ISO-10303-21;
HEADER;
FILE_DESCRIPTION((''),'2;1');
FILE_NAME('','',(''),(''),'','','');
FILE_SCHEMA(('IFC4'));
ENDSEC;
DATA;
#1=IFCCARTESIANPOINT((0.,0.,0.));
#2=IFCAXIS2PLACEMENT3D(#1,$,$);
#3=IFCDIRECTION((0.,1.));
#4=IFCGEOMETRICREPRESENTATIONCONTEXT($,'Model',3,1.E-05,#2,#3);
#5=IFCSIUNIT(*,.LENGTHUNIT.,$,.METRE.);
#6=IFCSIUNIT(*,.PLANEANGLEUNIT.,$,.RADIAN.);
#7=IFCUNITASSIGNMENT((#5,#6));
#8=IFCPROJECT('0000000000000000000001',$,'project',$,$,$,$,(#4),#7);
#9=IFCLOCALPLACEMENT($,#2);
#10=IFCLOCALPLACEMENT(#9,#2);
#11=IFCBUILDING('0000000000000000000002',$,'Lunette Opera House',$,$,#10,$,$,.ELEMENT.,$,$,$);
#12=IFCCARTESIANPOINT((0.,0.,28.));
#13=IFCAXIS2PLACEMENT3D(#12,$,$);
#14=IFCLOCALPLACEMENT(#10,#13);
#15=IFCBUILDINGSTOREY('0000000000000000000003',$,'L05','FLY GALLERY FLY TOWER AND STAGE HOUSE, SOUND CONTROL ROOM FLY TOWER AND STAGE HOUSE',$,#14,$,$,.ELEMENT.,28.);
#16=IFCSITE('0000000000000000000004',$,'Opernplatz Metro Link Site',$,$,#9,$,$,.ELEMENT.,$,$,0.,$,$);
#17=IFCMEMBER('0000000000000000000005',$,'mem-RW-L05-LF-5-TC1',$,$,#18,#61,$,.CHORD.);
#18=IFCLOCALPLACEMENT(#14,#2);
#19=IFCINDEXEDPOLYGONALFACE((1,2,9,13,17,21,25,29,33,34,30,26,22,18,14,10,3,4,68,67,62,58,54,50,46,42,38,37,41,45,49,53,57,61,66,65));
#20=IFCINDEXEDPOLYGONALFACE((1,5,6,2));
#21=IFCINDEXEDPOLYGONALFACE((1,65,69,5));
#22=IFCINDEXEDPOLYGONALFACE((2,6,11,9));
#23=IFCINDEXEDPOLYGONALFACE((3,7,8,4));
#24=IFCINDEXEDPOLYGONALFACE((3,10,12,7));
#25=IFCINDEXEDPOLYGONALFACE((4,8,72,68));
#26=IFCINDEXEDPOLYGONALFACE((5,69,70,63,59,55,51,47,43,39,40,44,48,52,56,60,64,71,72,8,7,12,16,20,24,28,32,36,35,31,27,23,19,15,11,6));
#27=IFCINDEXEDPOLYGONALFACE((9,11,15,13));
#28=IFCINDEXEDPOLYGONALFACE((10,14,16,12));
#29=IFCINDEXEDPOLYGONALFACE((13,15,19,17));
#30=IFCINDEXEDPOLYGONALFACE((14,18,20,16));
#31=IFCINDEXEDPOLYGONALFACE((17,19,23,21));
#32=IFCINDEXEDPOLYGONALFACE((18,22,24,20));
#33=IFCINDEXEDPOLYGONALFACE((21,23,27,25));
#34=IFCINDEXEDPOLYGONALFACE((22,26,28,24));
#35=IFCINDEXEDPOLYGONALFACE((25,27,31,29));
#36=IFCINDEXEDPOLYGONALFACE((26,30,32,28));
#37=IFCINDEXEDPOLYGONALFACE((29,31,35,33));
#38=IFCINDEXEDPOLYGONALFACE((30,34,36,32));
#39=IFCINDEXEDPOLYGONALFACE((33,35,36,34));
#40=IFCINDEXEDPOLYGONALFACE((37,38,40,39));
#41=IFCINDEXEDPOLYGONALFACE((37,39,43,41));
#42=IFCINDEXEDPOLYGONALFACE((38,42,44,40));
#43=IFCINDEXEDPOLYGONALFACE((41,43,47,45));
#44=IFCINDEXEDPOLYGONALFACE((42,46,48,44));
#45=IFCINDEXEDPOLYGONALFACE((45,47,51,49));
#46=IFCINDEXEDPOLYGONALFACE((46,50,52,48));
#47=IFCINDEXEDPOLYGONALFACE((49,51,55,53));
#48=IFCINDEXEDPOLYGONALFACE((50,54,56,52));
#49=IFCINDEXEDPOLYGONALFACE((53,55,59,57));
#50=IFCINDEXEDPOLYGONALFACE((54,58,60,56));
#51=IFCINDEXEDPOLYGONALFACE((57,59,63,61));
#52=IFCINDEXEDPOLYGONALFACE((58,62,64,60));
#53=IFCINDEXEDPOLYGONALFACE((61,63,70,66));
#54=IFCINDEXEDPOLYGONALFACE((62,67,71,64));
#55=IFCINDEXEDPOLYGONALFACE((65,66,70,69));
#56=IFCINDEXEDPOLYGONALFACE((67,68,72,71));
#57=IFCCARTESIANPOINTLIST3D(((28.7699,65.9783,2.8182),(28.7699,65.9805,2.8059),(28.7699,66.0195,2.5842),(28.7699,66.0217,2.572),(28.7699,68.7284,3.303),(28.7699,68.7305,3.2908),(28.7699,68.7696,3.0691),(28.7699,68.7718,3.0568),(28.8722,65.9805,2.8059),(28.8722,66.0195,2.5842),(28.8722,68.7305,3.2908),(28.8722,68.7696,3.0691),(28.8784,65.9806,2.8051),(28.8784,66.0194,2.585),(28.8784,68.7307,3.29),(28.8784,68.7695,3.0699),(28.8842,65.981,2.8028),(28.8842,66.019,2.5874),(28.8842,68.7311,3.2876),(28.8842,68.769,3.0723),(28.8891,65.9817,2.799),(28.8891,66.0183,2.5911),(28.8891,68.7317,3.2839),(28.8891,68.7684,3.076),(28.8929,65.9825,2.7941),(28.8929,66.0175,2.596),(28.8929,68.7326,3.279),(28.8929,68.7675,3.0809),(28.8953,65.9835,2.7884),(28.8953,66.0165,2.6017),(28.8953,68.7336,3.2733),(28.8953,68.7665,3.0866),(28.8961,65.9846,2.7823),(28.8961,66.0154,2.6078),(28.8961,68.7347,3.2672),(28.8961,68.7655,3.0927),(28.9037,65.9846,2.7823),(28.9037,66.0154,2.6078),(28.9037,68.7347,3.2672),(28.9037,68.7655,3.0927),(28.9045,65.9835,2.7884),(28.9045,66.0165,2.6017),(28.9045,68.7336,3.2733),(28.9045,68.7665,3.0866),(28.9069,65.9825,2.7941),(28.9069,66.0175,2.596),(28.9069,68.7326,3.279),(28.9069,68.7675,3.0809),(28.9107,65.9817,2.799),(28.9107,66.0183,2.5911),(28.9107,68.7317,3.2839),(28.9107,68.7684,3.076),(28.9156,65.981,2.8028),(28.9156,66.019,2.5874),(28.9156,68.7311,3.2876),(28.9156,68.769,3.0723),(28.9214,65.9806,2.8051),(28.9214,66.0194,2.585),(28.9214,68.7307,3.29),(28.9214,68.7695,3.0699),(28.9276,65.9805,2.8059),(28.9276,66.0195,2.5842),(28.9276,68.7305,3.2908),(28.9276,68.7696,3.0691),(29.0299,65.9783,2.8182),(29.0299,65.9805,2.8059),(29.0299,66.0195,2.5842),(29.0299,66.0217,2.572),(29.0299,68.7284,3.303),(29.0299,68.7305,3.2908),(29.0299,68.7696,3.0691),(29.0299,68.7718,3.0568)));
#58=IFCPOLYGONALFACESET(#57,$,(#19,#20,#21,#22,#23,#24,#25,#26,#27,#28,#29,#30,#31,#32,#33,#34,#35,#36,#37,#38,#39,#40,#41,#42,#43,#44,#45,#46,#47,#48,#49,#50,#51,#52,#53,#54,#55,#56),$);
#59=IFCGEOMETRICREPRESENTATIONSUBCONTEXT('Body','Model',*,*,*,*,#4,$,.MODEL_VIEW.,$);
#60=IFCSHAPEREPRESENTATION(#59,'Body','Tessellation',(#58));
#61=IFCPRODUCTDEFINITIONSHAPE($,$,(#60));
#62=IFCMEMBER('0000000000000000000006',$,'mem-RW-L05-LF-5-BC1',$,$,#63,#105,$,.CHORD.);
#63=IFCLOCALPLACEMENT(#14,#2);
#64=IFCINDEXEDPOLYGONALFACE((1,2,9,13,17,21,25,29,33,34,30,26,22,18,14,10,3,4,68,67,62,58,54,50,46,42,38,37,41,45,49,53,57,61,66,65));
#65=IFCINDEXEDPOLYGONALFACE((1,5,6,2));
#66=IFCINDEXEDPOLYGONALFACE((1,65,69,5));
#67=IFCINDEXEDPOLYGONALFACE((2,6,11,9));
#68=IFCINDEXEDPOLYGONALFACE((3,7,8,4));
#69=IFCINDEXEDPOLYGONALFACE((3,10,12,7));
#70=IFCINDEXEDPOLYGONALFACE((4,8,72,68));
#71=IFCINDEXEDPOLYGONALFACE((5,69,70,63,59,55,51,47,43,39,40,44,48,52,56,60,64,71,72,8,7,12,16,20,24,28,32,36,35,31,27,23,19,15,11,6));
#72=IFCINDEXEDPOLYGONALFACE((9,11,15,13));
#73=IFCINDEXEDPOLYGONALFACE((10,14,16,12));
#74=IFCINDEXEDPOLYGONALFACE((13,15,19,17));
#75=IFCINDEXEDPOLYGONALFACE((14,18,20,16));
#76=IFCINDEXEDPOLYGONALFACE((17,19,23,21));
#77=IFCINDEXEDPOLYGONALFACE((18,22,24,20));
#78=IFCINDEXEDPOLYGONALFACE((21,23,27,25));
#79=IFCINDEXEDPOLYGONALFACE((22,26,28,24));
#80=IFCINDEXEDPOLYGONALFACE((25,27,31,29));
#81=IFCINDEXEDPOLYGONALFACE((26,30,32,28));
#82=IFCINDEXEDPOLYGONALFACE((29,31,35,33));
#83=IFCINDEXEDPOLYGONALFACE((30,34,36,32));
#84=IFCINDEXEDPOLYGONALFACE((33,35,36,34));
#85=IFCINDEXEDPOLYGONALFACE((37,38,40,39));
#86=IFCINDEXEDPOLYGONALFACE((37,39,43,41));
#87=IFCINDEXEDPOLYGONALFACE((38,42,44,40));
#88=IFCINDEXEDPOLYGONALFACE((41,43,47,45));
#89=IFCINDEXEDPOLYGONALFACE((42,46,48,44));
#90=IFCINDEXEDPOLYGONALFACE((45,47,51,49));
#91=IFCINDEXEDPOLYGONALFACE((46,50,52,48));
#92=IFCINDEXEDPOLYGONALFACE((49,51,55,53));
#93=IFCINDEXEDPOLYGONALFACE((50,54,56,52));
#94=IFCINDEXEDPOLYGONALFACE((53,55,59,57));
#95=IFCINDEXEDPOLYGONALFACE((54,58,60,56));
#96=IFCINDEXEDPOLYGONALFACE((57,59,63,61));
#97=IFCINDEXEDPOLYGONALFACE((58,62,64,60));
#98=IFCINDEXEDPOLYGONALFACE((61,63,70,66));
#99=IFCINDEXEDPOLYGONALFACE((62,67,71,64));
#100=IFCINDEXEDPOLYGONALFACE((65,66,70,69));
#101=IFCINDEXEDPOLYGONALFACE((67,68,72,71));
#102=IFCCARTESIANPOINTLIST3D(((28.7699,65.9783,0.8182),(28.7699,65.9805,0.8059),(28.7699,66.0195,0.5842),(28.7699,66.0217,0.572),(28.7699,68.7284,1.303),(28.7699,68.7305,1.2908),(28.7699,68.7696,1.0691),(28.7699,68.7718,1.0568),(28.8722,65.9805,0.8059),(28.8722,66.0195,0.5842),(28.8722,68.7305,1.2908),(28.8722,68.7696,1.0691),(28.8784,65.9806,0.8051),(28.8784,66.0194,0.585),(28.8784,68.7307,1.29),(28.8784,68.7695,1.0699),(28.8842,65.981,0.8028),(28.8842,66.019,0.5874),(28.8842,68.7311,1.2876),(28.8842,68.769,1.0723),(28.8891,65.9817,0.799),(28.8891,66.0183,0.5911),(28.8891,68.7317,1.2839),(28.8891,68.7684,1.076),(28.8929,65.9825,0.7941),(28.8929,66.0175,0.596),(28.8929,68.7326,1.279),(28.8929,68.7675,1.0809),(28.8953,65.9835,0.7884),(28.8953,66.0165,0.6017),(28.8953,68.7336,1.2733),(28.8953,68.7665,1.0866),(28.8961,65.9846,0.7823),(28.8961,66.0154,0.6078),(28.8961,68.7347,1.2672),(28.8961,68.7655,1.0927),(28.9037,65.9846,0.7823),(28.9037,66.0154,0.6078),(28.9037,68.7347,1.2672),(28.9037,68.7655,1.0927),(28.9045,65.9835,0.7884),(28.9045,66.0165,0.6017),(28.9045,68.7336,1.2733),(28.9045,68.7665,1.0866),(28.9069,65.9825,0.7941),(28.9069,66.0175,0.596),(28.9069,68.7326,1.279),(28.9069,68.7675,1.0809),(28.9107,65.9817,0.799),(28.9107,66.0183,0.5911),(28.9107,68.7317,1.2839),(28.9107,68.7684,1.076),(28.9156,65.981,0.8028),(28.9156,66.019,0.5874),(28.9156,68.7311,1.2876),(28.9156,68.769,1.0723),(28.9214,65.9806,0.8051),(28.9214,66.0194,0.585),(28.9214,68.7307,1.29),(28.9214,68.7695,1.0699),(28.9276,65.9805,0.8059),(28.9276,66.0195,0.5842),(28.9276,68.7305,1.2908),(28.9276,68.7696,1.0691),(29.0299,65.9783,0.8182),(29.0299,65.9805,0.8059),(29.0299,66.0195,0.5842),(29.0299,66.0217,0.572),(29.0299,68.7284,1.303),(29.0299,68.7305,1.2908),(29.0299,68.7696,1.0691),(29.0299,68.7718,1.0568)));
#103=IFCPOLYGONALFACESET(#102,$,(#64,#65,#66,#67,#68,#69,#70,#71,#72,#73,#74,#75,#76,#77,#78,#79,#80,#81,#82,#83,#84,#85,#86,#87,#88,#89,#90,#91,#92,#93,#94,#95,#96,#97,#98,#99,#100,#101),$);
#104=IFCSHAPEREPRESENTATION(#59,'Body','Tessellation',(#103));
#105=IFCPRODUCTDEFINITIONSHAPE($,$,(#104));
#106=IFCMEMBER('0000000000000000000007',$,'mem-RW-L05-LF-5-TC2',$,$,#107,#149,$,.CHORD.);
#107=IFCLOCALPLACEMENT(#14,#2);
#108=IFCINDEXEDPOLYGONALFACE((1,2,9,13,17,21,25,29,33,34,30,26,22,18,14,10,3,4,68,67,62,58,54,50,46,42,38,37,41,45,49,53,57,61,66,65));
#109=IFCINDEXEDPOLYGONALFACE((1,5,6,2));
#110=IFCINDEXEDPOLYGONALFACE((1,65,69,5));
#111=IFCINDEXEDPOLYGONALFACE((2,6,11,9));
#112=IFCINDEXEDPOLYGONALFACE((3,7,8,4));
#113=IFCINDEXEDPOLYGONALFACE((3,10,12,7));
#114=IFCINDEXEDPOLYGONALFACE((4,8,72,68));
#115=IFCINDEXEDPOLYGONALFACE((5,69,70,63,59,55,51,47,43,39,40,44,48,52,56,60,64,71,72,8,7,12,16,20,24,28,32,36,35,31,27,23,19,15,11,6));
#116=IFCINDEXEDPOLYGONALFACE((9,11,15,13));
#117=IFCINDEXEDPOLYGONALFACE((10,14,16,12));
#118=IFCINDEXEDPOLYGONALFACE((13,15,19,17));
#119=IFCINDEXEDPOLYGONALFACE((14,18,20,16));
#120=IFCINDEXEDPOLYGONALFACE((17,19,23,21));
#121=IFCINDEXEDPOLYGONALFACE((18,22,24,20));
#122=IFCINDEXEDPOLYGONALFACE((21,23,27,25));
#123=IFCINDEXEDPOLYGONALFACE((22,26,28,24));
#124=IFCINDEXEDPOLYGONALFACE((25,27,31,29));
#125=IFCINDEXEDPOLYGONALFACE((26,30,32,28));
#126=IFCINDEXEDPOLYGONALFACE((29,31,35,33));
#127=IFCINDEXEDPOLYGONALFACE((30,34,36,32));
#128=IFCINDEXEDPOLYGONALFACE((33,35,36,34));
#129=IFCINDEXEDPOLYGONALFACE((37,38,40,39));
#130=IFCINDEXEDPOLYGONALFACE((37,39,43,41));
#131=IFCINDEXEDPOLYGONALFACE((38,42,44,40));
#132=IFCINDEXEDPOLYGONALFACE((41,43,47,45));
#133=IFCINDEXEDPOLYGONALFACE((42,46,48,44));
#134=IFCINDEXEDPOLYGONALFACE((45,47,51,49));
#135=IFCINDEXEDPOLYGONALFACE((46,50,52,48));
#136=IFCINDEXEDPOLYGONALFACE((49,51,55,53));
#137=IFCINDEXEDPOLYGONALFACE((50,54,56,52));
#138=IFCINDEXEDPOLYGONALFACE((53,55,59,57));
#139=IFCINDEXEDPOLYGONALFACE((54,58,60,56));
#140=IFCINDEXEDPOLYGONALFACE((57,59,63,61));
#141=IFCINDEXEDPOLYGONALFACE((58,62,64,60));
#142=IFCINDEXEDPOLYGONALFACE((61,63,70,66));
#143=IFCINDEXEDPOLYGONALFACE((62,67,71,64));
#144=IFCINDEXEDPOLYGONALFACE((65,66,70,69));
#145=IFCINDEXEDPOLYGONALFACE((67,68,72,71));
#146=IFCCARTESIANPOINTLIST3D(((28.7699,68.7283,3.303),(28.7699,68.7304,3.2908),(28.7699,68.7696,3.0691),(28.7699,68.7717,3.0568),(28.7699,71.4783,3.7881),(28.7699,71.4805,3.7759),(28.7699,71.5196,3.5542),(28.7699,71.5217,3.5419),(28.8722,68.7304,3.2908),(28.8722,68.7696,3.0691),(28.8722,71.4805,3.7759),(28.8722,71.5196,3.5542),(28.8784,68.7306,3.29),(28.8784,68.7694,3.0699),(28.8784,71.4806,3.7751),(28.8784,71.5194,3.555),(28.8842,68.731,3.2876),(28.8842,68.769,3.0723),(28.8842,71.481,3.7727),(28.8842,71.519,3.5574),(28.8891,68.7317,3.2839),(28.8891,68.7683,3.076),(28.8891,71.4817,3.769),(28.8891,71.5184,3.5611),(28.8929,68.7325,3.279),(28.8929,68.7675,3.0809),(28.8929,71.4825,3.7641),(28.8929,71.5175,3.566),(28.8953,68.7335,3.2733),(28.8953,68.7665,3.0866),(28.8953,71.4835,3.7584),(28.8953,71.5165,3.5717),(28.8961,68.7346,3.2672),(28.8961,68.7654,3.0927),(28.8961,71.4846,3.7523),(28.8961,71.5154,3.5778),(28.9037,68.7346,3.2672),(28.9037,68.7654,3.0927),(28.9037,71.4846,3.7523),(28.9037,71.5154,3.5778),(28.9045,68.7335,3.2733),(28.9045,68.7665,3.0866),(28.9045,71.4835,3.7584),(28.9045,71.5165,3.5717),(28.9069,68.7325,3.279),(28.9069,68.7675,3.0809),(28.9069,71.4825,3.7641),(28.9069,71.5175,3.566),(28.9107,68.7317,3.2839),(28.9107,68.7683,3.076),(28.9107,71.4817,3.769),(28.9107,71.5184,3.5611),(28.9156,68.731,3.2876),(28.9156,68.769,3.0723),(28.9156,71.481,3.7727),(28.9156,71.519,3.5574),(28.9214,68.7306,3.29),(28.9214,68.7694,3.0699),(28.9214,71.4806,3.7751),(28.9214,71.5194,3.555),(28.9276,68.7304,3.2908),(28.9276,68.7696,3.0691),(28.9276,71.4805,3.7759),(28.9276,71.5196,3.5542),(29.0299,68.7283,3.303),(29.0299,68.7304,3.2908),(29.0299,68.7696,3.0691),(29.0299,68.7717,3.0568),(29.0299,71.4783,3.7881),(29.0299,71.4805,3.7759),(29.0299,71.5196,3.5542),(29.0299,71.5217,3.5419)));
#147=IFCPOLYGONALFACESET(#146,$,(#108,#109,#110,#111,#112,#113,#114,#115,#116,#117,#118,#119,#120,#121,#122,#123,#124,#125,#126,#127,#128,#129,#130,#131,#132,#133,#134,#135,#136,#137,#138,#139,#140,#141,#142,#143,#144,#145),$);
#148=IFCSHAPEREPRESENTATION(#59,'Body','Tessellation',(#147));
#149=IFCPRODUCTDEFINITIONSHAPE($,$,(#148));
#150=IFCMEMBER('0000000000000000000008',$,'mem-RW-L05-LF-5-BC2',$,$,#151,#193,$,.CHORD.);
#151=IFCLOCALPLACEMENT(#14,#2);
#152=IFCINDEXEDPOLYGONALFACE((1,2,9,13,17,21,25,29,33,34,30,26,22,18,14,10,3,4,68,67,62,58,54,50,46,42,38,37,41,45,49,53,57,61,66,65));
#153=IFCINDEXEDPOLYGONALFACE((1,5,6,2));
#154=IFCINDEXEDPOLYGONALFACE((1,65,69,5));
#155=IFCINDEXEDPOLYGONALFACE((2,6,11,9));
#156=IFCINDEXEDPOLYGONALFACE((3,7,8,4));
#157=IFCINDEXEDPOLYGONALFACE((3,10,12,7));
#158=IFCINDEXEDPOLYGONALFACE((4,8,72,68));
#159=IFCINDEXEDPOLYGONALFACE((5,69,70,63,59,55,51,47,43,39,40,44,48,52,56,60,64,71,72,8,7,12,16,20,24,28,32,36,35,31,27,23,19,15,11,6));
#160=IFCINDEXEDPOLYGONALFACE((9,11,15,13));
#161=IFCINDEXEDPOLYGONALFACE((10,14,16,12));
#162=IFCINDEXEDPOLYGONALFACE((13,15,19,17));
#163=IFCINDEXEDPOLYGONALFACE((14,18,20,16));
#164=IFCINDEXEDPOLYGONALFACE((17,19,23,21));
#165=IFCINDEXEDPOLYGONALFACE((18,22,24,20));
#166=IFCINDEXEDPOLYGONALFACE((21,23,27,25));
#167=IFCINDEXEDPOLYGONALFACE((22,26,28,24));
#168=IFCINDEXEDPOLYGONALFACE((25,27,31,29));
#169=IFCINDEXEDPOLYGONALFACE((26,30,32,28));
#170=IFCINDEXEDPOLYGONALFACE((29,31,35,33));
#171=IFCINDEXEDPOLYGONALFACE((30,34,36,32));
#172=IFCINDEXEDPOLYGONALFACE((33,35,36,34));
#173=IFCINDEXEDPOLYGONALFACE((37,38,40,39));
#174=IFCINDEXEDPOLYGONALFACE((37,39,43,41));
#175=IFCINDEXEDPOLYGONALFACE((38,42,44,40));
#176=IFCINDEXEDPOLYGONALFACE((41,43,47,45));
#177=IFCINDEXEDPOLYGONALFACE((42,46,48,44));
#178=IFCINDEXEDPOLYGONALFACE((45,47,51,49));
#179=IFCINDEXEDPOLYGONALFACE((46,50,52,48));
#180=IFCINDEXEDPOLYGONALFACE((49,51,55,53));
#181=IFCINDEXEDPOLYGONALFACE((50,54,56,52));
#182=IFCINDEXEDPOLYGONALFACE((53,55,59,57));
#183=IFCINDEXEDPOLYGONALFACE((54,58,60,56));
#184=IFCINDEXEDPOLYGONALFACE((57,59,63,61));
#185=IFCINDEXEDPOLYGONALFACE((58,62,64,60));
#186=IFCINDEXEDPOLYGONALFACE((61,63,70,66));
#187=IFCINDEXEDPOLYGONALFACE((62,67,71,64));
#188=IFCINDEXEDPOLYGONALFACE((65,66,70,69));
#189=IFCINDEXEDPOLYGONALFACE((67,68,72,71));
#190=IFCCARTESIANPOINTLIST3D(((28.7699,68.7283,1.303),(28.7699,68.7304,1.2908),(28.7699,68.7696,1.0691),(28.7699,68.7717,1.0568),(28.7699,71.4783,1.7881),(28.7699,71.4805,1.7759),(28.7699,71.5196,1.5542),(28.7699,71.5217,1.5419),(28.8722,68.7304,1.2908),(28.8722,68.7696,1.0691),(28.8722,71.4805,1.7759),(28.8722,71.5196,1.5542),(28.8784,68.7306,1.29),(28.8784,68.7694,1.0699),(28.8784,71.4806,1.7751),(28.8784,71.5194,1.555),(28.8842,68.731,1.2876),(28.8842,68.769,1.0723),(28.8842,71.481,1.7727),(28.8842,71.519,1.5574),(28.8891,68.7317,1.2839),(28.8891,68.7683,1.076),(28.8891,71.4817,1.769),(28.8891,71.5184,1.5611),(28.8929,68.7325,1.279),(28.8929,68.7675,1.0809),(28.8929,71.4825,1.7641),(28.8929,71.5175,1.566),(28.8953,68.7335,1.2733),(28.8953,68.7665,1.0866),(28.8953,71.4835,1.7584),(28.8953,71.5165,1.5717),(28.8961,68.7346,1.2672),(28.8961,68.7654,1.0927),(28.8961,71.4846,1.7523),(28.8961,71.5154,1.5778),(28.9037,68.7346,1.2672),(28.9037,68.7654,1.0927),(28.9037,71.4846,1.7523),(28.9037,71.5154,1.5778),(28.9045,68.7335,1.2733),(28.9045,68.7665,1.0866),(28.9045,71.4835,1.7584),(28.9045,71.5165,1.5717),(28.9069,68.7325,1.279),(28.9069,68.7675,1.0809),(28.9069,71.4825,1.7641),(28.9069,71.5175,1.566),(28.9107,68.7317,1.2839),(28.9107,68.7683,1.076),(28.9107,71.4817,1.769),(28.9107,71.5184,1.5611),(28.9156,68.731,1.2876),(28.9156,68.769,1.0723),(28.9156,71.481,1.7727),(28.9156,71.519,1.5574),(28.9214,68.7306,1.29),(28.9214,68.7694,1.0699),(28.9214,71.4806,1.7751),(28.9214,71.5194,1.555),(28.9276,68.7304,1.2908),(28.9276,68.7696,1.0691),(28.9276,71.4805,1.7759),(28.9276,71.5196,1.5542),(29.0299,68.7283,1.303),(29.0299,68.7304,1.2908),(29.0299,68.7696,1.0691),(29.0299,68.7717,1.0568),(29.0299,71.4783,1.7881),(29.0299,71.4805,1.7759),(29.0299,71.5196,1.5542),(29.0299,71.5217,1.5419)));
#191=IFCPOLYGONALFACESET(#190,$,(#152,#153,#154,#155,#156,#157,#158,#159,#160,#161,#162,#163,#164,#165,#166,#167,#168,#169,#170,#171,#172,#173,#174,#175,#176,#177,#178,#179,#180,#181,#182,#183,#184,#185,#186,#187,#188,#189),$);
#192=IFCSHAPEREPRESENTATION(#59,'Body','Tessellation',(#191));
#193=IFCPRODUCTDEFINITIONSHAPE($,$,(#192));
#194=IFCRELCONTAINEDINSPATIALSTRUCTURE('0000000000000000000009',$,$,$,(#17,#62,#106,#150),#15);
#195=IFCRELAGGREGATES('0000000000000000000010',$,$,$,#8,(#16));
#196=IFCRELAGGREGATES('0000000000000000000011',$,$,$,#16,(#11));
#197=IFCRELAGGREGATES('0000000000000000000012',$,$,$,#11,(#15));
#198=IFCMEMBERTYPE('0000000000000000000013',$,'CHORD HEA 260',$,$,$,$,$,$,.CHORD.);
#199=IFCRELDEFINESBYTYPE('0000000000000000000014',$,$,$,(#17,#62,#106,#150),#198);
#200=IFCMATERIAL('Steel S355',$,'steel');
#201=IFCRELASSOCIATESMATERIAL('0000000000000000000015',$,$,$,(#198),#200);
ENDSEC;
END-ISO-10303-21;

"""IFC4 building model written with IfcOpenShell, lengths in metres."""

from ifc_helpers import new_model, si_unit, direction, frame, origin, origin_2d, place, context, subcontext, project, spatial, i_section, extrude, material, material_profile, profile_set, type_object, element, save


model = new_model("IFC4")

# Units and contexts
model_context = context("Model", 3, precision=1e-05, world=origin(), true_north=direction((0.0, 1.0)))
body_context = subcontext(model_context, "Body", "Model", "MODEL_VIEW")
ifc_project = project(units=[si_unit("LENGTHUNIT", "METRE"), si_unit("PLANEANGLEUNIT", "RADIAN")], contexts=[model_context])

# Site, building, storey
site_placement = place(None, origin())
site = spatial("IfcSite", under=ifc_project, at=site_placement, Name="Opernplatz Metro Link Site", CompositionType="ELEMENT", RefElevation=0.0)
building_placement = place(site_placement, origin())
building = spatial("IfcBuilding", under=site, at=building_placement, Name="Lunette Opera House", CompositionType="ELEMENT")
storey_placement = place(building_placement, frame((0.0, 0.0, 28.0)))
storey = spatial("IfcBuildingStorey", under=building, at=storey_placement, Name="L05", Description="FLY GALLERY FLY TOWER AND STAGE HOUSE, SOUND CONTROL ROOM FLY TOWER AND STAGE HOUSE", CompositionType="ELEMENT", Elevation=28.0)

# Members
ifc_material_1 = material(Name="Steel S355", Category="steel")
ifc_material_profile_1 = material_profile(ifc_material_1, i_section(OverallWidth=0.26, OverallDepth=0.25, WebThickness=0.0076, FlangeThickness=0.0125, FilletRadius=0.0239, at=origin_2d()), Name="HEA 260")
ifc_profile_set_1 = profile_set([ifc_material_profile_1], Name="Steel S355")
member_type_1 = type_object("IfcMemberType", Name="CHORD HEA 260", PredefinedType="CHORD", material=ifc_profile_set_1)
for number, where, z_axis, x_axis, name in (
    (1, (28.8999, 66.0, 2.6951), (0.0, 0.98481, 0.173636), (-1.0, 0.0, 0.0), "mem-RW-L05-LF-5-TC1"),
    (2, (28.8999, 66.0, 0.6951), (0.0, 0.98481, 0.173636), (-1.0, 0.0, 0.0), "mem-RW-L05-LF-5-BC1"),
    (3, (28.8999, 68.75, 3.1799), (0.0, 0.984795, 0.17372), (-1.0, 0.0, 0.0), "mem-RW-L05-LF-5-TC2"),
    (4, (28.8999, 68.75, 1.1799), (0.0, 0.984795, 0.17372), (-1.0, 0.0, 0.0), "mem-RW-L05-LF-5-BC2"),
):
    element("IfcMember", number, at=place(storey_placement, frame(where, z_axis=z_axis, x_axis=x_axis)), inside=storey, type_object=member_type_1, Name=name, PredefinedType="CHORD", context=body_context, shape_type="SweptSolid", body=[
        extrude(i_section(OverallWidth=0.26, OverallDepth=0.25, WebThickness=0.0076, FlangeThickness=0.0125, FilletRadius=0.0239, at=origin_2d()), origin(), (0.0, 0.0, 1.0), 2.7925),
    ])

save(model, "model.ifc")
